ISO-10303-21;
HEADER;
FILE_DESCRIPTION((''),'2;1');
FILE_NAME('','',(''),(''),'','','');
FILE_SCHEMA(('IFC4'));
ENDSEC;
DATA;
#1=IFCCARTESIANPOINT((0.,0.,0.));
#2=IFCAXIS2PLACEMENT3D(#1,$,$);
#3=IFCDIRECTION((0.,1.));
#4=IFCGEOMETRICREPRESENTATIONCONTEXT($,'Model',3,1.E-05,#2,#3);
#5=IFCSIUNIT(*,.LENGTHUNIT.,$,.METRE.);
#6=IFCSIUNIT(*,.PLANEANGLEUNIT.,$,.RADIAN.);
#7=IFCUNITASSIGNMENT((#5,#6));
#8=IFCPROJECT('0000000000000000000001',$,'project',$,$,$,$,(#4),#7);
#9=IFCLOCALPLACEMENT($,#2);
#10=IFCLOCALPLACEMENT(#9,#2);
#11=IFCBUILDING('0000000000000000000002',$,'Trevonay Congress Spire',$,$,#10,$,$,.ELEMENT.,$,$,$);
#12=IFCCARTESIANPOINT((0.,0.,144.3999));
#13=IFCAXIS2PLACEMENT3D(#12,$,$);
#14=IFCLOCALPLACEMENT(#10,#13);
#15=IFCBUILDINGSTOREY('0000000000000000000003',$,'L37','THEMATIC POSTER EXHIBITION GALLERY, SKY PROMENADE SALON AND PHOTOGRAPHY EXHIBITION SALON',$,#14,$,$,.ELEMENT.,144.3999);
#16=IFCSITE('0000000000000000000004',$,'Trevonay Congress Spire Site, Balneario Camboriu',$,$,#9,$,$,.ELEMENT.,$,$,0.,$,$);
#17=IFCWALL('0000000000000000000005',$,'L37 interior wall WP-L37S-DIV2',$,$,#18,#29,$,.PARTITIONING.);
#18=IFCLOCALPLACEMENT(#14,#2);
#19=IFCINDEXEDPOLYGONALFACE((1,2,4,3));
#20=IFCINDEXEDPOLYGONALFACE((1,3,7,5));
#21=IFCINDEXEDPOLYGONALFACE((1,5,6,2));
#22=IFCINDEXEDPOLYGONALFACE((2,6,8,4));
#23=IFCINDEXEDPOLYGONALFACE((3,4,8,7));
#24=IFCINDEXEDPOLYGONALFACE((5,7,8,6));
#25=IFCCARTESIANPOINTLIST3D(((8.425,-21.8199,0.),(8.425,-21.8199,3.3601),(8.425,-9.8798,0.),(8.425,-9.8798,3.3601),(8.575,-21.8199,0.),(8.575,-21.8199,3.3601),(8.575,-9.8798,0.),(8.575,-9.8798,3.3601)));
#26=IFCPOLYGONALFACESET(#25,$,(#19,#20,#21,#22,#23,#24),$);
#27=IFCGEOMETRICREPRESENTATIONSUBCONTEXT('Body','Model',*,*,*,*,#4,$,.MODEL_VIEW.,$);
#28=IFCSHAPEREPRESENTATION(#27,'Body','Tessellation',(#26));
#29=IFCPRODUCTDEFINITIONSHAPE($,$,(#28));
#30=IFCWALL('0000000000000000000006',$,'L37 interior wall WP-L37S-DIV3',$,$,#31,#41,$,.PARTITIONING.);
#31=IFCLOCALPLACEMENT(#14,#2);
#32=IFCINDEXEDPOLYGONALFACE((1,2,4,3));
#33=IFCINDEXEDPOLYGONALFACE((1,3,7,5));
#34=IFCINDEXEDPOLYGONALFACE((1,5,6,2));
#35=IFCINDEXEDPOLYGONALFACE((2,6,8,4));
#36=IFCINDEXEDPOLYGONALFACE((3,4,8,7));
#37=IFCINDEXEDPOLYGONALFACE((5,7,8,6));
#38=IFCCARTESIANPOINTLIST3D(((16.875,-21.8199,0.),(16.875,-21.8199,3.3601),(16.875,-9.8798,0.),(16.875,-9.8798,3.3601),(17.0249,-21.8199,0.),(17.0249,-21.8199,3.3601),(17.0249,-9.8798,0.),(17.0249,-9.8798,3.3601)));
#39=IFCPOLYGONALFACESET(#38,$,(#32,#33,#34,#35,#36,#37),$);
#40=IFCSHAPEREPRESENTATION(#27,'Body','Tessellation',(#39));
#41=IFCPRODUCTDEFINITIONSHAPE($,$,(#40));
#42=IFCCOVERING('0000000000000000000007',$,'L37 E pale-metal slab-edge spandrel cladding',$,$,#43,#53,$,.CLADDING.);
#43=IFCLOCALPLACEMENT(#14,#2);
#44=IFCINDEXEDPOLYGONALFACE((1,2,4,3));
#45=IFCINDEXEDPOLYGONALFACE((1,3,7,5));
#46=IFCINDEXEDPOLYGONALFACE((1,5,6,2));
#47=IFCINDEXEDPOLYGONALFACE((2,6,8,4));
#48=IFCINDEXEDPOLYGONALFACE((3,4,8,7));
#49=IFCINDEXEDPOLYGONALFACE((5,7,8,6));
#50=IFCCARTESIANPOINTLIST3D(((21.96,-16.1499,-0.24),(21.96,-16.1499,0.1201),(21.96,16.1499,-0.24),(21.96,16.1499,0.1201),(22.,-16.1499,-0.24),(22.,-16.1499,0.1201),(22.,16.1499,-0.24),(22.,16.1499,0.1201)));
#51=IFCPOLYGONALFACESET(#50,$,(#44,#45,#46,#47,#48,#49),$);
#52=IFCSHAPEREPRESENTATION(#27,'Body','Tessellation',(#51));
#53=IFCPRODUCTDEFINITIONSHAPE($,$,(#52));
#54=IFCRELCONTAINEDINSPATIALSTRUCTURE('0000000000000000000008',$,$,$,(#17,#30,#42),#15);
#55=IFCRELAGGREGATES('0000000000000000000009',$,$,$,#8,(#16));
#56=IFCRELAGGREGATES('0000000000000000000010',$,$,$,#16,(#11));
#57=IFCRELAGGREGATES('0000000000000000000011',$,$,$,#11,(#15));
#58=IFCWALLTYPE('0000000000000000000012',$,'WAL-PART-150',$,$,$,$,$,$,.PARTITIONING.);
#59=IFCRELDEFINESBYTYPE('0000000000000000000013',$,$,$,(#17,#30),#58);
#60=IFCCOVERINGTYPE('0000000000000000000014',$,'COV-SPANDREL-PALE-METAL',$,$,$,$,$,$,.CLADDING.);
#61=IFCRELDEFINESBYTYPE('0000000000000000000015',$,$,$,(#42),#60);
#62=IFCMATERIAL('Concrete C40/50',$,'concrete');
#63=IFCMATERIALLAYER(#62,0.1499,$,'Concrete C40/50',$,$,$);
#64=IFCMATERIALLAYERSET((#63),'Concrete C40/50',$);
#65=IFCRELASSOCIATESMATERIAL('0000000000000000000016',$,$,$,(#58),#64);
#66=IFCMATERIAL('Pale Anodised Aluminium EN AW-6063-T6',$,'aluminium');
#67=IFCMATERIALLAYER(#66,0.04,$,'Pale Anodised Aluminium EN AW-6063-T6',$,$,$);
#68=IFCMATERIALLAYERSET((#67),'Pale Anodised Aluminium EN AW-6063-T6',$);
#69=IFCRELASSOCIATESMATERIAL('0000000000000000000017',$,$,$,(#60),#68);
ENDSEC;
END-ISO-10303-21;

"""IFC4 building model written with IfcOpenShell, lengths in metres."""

from ifc_helpers import new_model, si_unit, direction, frame, frame_2d, origin, place, context, subcontext, project, spatial, rectangle, extrude, material, layer, layer_set, type_object, element, save


model = new_model("IFC4")

# Units and contexts
model_context = context("Model", 3, precision=1e-05, world=origin(), true_north=direction((0.0, 1.0)))
body_context = subcontext(model_context, "Body", "Model", "MODEL_VIEW")
ifc_project = project(units=[si_unit("LENGTHUNIT", "METRE"), si_unit("PLANEANGLEUNIT", "RADIAN")], contexts=[model_context])

# Site, building, storey
site_placement = place(None, origin())
site = spatial("IfcSite", under=ifc_project, at=site_placement, Name="Trevonay Congress Spire Site, Balneario Camboriu", CompositionType="ELEMENT", RefElevation=0.0)
building_placement = place(site_placement, origin())
building = spatial("IfcBuilding", under=site, at=building_placement, Name="Trevonay Congress Spire", CompositionType="ELEMENT")
storey_placement = place(building_placement, frame((0.0, 0.0, 144.3999)))
storey = spatial("IfcBuildingStorey", under=building, at=storey_placement, Name="L37", Description="THEMATIC POSTER EXHIBITION GALLERY, SKY PROMENADE SALON AND PHOTOGRAPHY EXHIBITION SALON", CompositionType="ELEMENT", Elevation=144.3999)

# Shared definitions
ifc_material_1 = material(Name="Pale Anodised Aluminium EN AW-6063-T6", Category="aluminium")

# Walls
ifc_material_2 = material(Name="Concrete C40/50", Category="concrete")
ifc_layer_1 = layer(ifc_material_2, 0.1499, Name="Concrete C40/50")
ifc_layer_set_1 = layer_set([ifc_layer_1], Name="Concrete C40/50")
wall_type_1 = type_object("IfcWallType", Name="WAL-PART-150", PredefinedType="PARTITIONING", material=ifc_layer_set_1)
for number, where, z_axis, x_axis, name in (
    (1, (8.5, -21.8201, 0.0), (0.0, 0.0, 1.0), (0.0, 1.0, 0.0), "L37 interior wall WP-L37S-DIV2"),
    (2, (16.95, -21.8201, 0.0), (0.0, 0.0, 1.0), (0.0, 1.0, 0.0), "L37 interior wall WP-L37S-DIV3"),
):
    element("IfcWall", number, at=place(storey_placement, frame(where, z_axis=z_axis, x_axis=x_axis)), inside=storey, type_object=wall_type_1, Name=name, PredefinedType="PARTITIONING", context=body_context, shape_type="SweptSolid", body=[
        extrude(rectangle(XDim=11.9402, YDim=0.1499, at=frame_2d((5.9702, 0.0))), origin(), (0.0, 0.0, 1.0), 3.3601),
    ])

# Covering
ifc_layer_2 = layer(ifc_material_1, 0.04, Name="Pale Anodised Aluminium EN AW-6063-T6")
ifc_layer_set_2 = layer_set([ifc_layer_2], Name="Pale Anodised Aluminium EN AW-6063-T6")
covering_type = type_object("IfcCoveringType", Name="COV-SPANDREL-PALE-METAL", PredefinedType="CLADDING", material=ifc_layer_set_2)
covering_placement = place(storey_placement, frame((21.98, -16.1499, -0.24), z_axis=(0.0, 0.0, 1.0), x_axis=(0.0, 1.0, 0.0)))
element("IfcCovering", 3, at=covering_placement, inside=storey, type_object=covering_type, Name="L37 E pale-metal slab-edge spandrel cladding", PredefinedType="CLADDING", context=body_context, shape_type="SweptSolid", body=[
    extrude(rectangle(XDim=32.2998, YDim=0.04, at=frame_2d((16.1499, 0.0))), origin(), (0.0, 0.0, 1.0), 0.3601),
])

save(model, "model.ifc")
